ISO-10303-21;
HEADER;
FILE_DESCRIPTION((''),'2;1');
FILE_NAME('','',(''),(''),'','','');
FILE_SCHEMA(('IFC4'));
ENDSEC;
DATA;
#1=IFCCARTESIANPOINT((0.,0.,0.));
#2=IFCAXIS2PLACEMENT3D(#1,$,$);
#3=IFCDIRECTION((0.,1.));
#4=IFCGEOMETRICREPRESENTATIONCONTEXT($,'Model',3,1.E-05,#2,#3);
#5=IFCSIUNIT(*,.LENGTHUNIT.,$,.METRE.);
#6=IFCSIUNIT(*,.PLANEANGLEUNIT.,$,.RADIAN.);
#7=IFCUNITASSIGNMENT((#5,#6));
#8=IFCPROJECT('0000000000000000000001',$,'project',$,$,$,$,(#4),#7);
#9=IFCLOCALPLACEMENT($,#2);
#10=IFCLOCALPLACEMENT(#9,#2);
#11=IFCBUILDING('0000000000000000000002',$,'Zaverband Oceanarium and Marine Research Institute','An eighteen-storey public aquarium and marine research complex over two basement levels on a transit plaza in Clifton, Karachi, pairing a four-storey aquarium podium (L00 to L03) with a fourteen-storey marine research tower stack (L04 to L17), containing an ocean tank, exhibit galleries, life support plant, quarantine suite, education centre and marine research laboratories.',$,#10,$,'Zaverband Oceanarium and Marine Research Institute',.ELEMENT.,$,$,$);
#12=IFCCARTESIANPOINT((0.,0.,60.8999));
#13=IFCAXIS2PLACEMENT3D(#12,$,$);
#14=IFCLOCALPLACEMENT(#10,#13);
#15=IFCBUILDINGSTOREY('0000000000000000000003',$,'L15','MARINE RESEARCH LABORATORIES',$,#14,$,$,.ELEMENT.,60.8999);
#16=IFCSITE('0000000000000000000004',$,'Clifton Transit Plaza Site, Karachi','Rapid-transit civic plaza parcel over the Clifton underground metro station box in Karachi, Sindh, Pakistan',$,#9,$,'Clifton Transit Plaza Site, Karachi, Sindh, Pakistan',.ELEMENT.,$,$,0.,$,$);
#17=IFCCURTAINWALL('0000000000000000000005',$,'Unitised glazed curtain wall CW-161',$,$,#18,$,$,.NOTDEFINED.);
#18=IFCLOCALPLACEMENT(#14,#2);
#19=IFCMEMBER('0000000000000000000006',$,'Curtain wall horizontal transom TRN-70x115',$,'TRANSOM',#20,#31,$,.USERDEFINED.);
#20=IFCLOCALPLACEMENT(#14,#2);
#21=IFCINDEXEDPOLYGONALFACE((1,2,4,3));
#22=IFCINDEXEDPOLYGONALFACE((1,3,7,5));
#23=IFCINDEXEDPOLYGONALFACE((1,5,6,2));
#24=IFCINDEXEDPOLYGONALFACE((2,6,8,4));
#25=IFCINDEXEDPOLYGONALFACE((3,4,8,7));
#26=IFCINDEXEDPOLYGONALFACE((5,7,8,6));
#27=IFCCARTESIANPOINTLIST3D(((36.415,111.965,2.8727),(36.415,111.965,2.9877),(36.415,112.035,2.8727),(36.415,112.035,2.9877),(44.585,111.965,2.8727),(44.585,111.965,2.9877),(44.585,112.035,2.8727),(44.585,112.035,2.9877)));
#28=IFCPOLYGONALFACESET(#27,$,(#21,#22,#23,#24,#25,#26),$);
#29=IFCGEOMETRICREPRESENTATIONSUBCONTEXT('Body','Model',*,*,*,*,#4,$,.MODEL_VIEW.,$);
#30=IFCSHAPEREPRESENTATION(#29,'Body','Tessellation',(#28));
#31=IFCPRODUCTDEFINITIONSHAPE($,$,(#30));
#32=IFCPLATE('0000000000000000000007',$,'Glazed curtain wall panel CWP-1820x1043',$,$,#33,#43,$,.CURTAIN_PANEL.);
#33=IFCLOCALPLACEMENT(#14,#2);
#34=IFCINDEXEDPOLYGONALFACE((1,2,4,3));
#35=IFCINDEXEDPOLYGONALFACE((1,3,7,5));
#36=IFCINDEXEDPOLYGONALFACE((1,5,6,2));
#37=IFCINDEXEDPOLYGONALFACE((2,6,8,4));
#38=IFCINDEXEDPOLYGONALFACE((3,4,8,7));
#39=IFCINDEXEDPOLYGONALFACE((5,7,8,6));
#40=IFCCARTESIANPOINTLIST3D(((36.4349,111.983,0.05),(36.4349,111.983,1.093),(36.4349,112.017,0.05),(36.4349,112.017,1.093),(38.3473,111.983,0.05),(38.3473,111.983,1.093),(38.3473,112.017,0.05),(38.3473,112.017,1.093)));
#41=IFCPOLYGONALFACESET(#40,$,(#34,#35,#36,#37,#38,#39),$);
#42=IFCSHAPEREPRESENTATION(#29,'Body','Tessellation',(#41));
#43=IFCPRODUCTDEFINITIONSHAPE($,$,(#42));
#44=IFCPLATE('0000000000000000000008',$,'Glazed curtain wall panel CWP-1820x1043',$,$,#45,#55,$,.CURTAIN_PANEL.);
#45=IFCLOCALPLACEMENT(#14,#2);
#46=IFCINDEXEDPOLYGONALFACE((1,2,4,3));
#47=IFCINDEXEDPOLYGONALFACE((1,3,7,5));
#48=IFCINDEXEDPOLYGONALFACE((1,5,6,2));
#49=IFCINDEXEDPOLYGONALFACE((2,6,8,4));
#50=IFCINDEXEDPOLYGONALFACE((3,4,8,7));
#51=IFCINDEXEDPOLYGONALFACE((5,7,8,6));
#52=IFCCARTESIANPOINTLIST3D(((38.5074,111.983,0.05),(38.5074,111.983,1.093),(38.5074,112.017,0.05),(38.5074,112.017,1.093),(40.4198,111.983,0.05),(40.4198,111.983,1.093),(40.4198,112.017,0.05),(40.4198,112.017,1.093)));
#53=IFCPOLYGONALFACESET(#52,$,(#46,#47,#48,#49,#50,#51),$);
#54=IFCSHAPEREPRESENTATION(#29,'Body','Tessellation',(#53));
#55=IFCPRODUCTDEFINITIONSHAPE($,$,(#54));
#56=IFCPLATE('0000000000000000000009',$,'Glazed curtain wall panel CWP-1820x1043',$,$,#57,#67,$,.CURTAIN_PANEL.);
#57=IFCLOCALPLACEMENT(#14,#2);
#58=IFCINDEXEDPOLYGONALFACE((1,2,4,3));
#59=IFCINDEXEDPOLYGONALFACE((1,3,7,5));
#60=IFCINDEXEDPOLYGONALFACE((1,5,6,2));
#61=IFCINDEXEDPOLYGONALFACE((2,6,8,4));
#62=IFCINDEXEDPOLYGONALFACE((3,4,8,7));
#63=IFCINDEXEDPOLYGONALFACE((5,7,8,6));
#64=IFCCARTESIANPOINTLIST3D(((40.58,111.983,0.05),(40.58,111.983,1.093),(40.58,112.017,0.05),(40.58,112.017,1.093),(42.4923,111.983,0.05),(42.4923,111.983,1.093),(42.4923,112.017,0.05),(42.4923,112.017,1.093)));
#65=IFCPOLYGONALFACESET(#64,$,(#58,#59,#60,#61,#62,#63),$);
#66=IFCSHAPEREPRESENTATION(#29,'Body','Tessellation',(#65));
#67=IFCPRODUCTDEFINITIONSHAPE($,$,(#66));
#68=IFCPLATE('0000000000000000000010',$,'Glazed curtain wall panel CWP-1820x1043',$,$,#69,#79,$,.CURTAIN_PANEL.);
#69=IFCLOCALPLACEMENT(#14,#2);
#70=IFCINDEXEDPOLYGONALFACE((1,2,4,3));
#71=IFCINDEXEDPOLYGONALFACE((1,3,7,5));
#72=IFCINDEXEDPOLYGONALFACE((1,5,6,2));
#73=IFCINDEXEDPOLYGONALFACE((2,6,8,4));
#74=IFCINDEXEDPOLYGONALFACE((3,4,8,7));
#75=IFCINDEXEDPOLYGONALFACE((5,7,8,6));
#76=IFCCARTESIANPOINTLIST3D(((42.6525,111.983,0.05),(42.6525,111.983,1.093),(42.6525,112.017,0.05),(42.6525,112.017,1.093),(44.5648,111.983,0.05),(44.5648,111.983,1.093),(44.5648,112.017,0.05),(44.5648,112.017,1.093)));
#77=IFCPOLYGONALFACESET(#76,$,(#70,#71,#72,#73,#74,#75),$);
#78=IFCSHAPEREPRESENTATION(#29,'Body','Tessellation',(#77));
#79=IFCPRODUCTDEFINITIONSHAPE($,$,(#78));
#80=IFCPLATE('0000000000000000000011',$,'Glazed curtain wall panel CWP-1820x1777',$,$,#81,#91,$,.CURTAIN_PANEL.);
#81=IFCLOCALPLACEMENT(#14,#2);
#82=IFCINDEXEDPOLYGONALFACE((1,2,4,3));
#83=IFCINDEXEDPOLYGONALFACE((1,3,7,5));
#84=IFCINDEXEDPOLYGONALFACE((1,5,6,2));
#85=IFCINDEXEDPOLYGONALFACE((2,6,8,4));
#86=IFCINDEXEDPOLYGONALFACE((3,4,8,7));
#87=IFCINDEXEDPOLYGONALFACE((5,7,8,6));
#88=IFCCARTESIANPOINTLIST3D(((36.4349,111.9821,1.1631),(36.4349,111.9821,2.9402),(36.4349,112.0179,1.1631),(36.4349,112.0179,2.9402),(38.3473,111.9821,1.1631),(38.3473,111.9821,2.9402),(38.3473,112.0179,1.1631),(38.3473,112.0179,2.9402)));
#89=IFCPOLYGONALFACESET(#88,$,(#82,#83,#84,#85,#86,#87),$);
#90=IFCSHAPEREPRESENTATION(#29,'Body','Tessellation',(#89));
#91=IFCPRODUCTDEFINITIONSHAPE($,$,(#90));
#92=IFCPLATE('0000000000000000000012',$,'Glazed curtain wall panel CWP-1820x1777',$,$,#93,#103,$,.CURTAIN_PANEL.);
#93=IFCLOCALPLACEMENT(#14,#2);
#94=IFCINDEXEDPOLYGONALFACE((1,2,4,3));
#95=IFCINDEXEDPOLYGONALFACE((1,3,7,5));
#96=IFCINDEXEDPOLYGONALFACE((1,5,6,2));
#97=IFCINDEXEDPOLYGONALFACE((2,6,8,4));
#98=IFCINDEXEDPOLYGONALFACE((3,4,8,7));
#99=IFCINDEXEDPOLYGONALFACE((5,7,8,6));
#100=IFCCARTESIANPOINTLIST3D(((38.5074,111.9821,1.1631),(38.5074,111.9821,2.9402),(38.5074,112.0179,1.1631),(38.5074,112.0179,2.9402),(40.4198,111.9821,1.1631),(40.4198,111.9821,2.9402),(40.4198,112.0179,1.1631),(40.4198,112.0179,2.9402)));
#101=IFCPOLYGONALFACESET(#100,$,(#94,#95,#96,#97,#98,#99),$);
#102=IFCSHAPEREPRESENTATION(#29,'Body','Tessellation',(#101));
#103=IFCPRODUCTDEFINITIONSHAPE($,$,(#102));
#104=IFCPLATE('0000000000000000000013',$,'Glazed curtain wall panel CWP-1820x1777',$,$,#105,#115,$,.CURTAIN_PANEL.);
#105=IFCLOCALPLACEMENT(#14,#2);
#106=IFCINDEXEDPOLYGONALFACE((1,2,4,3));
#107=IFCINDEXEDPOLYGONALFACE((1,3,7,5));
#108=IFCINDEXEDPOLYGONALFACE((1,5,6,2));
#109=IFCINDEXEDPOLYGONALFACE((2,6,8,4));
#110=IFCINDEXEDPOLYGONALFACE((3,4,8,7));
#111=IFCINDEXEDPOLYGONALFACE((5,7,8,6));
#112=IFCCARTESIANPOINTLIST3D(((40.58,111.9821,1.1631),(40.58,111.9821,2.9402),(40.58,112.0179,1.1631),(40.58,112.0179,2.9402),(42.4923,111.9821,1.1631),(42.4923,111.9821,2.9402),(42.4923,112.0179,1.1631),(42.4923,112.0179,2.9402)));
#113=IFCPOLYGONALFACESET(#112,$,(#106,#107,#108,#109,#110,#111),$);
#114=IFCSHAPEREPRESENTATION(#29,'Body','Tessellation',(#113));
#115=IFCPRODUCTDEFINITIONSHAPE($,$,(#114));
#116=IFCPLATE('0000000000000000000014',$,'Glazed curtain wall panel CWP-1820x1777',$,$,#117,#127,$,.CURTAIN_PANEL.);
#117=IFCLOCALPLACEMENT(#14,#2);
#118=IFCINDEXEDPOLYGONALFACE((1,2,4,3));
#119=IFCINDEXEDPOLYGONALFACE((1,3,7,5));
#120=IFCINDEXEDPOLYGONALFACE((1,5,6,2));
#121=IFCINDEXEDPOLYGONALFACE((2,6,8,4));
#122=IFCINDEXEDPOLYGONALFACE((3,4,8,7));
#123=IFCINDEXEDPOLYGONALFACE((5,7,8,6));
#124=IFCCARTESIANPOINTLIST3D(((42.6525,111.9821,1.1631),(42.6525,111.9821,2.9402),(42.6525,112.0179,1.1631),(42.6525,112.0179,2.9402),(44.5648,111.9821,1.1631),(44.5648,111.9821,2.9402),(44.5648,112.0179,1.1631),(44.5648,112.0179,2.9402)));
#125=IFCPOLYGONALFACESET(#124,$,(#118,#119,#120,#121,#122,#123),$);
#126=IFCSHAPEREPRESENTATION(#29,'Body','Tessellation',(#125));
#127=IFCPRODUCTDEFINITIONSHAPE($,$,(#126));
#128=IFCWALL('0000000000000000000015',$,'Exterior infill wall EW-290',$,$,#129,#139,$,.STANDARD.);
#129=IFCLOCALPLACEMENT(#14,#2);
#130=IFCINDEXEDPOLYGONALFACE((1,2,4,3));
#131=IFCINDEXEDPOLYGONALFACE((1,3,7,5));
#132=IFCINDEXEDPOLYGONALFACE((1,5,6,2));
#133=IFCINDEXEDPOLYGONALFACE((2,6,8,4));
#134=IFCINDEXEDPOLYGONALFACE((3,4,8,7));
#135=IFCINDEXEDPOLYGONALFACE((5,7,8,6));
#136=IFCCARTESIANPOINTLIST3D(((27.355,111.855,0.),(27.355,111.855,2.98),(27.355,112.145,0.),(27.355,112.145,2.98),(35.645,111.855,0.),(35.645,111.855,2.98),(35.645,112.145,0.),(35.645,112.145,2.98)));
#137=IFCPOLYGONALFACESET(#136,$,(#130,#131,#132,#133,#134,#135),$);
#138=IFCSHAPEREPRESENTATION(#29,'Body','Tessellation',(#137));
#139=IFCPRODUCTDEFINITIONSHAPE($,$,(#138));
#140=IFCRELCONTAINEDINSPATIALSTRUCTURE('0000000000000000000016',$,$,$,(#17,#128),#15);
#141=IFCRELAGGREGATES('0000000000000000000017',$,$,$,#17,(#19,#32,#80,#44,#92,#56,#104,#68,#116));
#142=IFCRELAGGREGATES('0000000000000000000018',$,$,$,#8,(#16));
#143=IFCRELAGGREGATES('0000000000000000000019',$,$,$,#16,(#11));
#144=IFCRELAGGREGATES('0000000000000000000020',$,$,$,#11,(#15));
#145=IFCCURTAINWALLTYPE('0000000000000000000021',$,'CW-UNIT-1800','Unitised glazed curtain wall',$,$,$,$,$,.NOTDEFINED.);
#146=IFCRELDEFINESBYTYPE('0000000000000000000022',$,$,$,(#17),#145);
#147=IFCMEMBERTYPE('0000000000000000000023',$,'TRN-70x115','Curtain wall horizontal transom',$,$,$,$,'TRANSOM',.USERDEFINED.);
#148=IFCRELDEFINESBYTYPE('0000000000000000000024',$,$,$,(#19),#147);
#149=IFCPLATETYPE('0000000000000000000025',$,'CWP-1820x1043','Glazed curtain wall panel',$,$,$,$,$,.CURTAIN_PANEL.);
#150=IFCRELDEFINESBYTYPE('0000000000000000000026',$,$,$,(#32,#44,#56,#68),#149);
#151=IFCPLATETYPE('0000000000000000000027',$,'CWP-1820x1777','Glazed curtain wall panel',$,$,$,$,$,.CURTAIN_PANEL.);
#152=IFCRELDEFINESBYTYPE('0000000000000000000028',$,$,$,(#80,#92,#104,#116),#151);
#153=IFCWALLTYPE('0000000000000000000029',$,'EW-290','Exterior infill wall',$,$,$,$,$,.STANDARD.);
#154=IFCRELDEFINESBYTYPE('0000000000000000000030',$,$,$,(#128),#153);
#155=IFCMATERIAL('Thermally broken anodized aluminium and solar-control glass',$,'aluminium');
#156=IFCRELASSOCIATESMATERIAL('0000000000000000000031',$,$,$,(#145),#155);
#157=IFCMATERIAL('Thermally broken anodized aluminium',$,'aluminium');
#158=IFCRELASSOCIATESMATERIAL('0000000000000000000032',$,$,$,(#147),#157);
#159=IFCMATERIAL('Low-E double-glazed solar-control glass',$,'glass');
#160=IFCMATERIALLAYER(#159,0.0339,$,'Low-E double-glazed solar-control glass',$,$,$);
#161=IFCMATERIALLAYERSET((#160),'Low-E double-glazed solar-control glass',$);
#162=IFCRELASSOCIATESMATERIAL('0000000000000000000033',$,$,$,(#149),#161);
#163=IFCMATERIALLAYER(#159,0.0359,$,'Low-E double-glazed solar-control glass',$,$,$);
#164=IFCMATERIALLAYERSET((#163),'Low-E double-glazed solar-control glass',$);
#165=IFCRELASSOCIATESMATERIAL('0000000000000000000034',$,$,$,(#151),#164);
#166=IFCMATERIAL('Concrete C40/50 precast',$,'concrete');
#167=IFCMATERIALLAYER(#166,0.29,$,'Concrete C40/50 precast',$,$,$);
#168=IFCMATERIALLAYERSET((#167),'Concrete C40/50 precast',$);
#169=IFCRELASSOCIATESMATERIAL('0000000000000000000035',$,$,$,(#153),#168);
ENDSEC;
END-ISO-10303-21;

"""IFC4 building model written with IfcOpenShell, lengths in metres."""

from ifc_helpers import new_model, si_unit, direction, frame, frame_2d, origin, origin_2d, place, context, subcontext, project, spatial, rectangle, extrude, material, layer, layer_set, material_profile, profile_set, type_object, element, aggregate, save


model = new_model("IFC4")

# Units and contexts
model_context = context("Model", 3, precision=1e-05, world=origin(), true_north=direction((0.0, 1.0)))
body_context = subcontext(model_context, "Body", "Model", "MODEL_VIEW")
ifc_project = project(units=[si_unit("LENGTHUNIT", "METRE"), si_unit("PLANEANGLEUNIT", "RADIAN")], contexts=[model_context])

# Site, building, storey
site_placement = place(None, origin())
site = spatial("IfcSite", under=ifc_project, at=site_placement, Name="Clifton Transit Plaza Site, Karachi", Description="Rapid-transit civic plaza parcel over the Clifton underground metro station box in Karachi, Sindh, Pakistan", LongName="Clifton Transit Plaza Site, Karachi, Sindh, Pakistan", CompositionType="ELEMENT", RefElevation=0.0)
building_placement = place(site_placement, origin())
building = spatial("IfcBuilding", under=site, at=building_placement, Name="Zaverband Oceanarium and Marine Research Institute", Description="An eighteen-storey public aquarium and marine research complex over two basement levels on a transit plaza in Clifton, Karachi, pairing a four-storey aquarium podium (L00 to L03) with a fourteen-storey marine research tower stack (L04 to L17), containing an ocean tank, exhibit galleries, life support plant, quarantine suite, education centre and marine research laboratories.", LongName="Zaverband Oceanarium and Marine Research Institute", CompositionType="ELEMENT")
storey_placement = place(building_placement, frame((0.0, 0.0, 60.8999)))
storey = spatial("IfcBuildingStorey", under=building, at=storey_placement, Name="L15", Description="MARINE RESEARCH LABORATORIES", CompositionType="ELEMENT", Elevation=60.8999)

# Curtain wall
ifc_material_1 = material(Name="Thermally broken anodized aluminium and solar-control glass", Category="aluminium")
curtain_wall_type = type_object("IfcCurtainWallType", Name="CW-UNIT-1800", Description="Unitised glazed curtain wall", PredefinedType="NOTDEFINED", material=ifc_material_1)
curtain_wall_placement = place(storey_placement, origin())
curtain_wall = element("IfcCurtainWall", 1, at=curtain_wall_placement, inside=storey, type_object=curtain_wall_type, Name="Unitised glazed curtain wall CW-161", PredefinedType="NOTDEFINED")
ifc_material_2 = material(Name="Thermally broken anodized aluminium", Category="aluminium")

# Member
ifc_material_profile_1 = material_profile(ifc_material_2, rectangle(XDim=0.0701, YDim=0.115, at=origin_2d()), Name="AL-TRN-70x115")
ifc_profile_set_1 = profile_set([ifc_material_profile_1], Name="Thermally broken anodized aluminium")
member_type_1 = type_object("IfcMemberType", Name="TRN-70x115", Description="Curtain wall horizontal transom", ElementType="TRANSOM", PredefinedType="USERDEFINED", material=ifc_profile_set_1)
member_1_placement = place(storey_placement, frame((36.415, 112.0, 2.9302), z_axis=(1.0, 0.0, 0.0), x_axis=(0.0, 1.0, 0.0)))
member_1 = element("IfcMember", 2, at=member_1_placement, type_object=member_type_1, Name="Curtain wall horizontal transom TRN-70x115", ObjectType="TRANSOM", PredefinedType="USERDEFINED", context=body_context, shape_type="SweptSolid", body=[
    extrude(rectangle(XDim=0.0701, YDim=0.115, at=origin_2d()), origin(), (0.0, 0.0, 1.0), 8.1699),
])

# Plates
ifc_material_3 = material(Name="Low-E double-glazed solar-control glass", Category="glass")
ifc_layer_1 = layer(ifc_material_3, 0.0339, Name="Low-E double-glazed solar-control glass")
ifc_layer_set_1 = layer_set([ifc_layer_1], Name="Low-E double-glazed solar-control glass")
plate_type_1 = type_object("IfcPlateType", Name="CWP-1820x1043", Description="Glazed curtain wall panel", PredefinedType="CURTAIN_PANEL", material=ifc_layer_set_1)
plate_1_placement = place(storey_placement, frame((36.4351, 112.0, 0.05), z_axis=(0.0, 0.0, 1.0), x_axis=(1.0, 0.0, 0.0)))
plate_1 = element("IfcPlate", 3, at=plate_1_placement, type_object=plate_type_1, Name="Glazed curtain wall panel CWP-1820x1043", PredefinedType="CURTAIN_PANEL", context=body_context, shape_type="SweptSolid", body=[
    extrude(rectangle(XDim=1.9124, YDim=0.0339, at=frame_2d((0.9561, 0.0))), origin(), (0.0, 0.0, 1.0), 1.043),
])
plate_2_placement = place(storey_placement, frame((38.5076, 112.0, 0.05), z_axis=(0.0, 0.0, 1.0), x_axis=(1.0, 0.0, 0.0)))
plate_2 = element("IfcPlate", 4, at=plate_2_placement, type_object=plate_type_1, Name="Glazed curtain wall panel CWP-1820x1043", PredefinedType="CURTAIN_PANEL", context=body_context, shape_type="SweptSolid", body=[
    extrude(rectangle(XDim=1.9124, YDim=0.0339, at=frame_2d((0.9561, 0.0))), origin(), (0.0, 0.0, 1.0), 1.043),
])
plate_3_placement = place(storey_placement, frame((40.5801, 112.0, 0.05), z_axis=(0.0, 0.0, 1.0), x_axis=(1.0, 0.0, 0.0)))
plate_3 = element("IfcPlate", 5, at=plate_3_placement, type_object=plate_type_1, Name="Glazed curtain wall panel CWP-1820x1043", PredefinedType="CURTAIN_PANEL", context=body_context, shape_type="SweptSolid", body=[
    extrude(rectangle(XDim=1.9124, YDim=0.0339, at=frame_2d((0.9561, 0.0))), origin(), (0.0, 0.0, 1.0), 1.043),
])
plate_4_placement = place(storey_placement, frame((42.6526, 112.0, 0.05), z_axis=(0.0, 0.0, 1.0), x_axis=(1.0, 0.0, 0.0)))
plate_4 = element("IfcPlate", 6, at=plate_4_placement, type_object=plate_type_1, Name="Glazed curtain wall panel CWP-1820x1043", PredefinedType="CURTAIN_PANEL", context=body_context, shape_type="SweptSolid", body=[
    extrude(rectangle(XDim=1.9124, YDim=0.0339, at=frame_2d((0.9561, 0.0))), origin(), (0.0, 0.0, 1.0), 1.043),
])
ifc_layer_2 = layer(ifc_material_3, 0.0359, Name="Low-E double-glazed solar-control glass")
ifc_layer_set_2 = layer_set([ifc_layer_2], Name="Low-E double-glazed solar-control glass")
plate_type_2 = type_object("IfcPlateType", Name="CWP-1820x1777", Description="Glazed curtain wall panel", PredefinedType="CURTAIN_PANEL", material=ifc_layer_set_2)
plate_5_placement = place(storey_placement, frame((36.4351, 112.0, 1.1631), z_axis=(0.0, 0.0, 1.0), x_axis=(1.0, 0.0, 0.0)))
plate_5 = element("IfcPlate", 7, at=plate_5_placement, type_object=plate_type_2, Name="Glazed curtain wall panel CWP-1820x1777", PredefinedType="CURTAIN_PANEL", context=body_context, shape_type="SweptSolid", body=[
    extrude(rectangle(XDim=1.9124, YDim=0.0359, at=frame_2d((0.9561, 0.0))), origin(), (0.0, 0.0, 1.0), 1.7771),
])
plate_6_placement = place(storey_placement, frame((38.5076, 112.0, 1.1631), z_axis=(0.0, 0.0, 1.0), x_axis=(1.0, 0.0, 0.0)))
plate_6 = element("IfcPlate", 8, at=plate_6_placement, type_object=plate_type_2, Name="Glazed curtain wall panel CWP-1820x1777", PredefinedType="CURTAIN_PANEL", context=body_context, shape_type="SweptSolid", body=[
    extrude(rectangle(XDim=1.9124, YDim=0.0359, at=frame_2d((0.9561, 0.0))), origin(), (0.0, 0.0, 1.0), 1.7771),
])
plate_7_placement = place(storey_placement, frame((40.5801, 112.0, 1.1631), z_axis=(0.0, 0.0, 1.0), x_axis=(1.0, 0.0, 0.0)))
plate_7 = element("IfcPlate", 9, at=plate_7_placement, type_object=plate_type_2, Name="Glazed curtain wall panel CWP-1820x1777", PredefinedType="CURTAIN_PANEL", context=body_context, shape_type="SweptSolid", body=[
    extrude(rectangle(XDim=1.9124, YDim=0.0359, at=frame_2d((0.9561, 0.0))), origin(), (0.0, 0.0, 1.0), 1.7771),
])
plate_8_placement = place(storey_placement, frame((42.6526, 112.0, 1.1631), z_axis=(0.0, 0.0, 1.0), x_axis=(1.0, 0.0, 0.0)))
plate_8 = element("IfcPlate", 10, at=plate_8_placement, type_object=plate_type_2, Name="Glazed curtain wall panel CWP-1820x1777", PredefinedType="CURTAIN_PANEL", context=body_context, shape_type="SweptSolid", body=[
    extrude(rectangle(XDim=1.9124, YDim=0.0359, at=frame_2d((0.9561, 0.0))), origin(), (0.0, 0.0, 1.0), 1.7771),
])
aggregate(curtain_wall, [member_1, plate_1, plate_5, plate_2, plate_6, plate_3, plate_7, plate_4, plate_8])

# Wall
ifc_material_4 = material(Name="Concrete C40/50 precast", Category="concrete")
ifc_layer_3 = layer(ifc_material_4, 0.29, Name="Concrete C40/50 precast")
ifc_layer_set_3 = layer_set([ifc_layer_3], Name="Concrete C40/50 precast")
wall_type = type_object("IfcWallType", Name="EW-290", Description="Exterior infill wall", PredefinedType="STANDARD", material=ifc_layer_set_3)
wall_placement = place(storey_placement, frame((27.355, 112.0, 0.0), z_axis=(0.0, 0.0, 1.0), x_axis=(1.0, 0.0, 0.0)))
element("IfcWall", 11, at=wall_placement, inside=storey, type_object=wall_type, Name="Exterior infill wall EW-290", PredefinedType="STANDARD", context=body_context, shape_type="SweptSolid", body=[
    extrude(rectangle(XDim=8.29, YDim=0.29, at=frame_2d((4.145, 0.0))), origin(), (0.0, 0.0, 1.0), 2.98),
])

save(model, "model.ifc")
